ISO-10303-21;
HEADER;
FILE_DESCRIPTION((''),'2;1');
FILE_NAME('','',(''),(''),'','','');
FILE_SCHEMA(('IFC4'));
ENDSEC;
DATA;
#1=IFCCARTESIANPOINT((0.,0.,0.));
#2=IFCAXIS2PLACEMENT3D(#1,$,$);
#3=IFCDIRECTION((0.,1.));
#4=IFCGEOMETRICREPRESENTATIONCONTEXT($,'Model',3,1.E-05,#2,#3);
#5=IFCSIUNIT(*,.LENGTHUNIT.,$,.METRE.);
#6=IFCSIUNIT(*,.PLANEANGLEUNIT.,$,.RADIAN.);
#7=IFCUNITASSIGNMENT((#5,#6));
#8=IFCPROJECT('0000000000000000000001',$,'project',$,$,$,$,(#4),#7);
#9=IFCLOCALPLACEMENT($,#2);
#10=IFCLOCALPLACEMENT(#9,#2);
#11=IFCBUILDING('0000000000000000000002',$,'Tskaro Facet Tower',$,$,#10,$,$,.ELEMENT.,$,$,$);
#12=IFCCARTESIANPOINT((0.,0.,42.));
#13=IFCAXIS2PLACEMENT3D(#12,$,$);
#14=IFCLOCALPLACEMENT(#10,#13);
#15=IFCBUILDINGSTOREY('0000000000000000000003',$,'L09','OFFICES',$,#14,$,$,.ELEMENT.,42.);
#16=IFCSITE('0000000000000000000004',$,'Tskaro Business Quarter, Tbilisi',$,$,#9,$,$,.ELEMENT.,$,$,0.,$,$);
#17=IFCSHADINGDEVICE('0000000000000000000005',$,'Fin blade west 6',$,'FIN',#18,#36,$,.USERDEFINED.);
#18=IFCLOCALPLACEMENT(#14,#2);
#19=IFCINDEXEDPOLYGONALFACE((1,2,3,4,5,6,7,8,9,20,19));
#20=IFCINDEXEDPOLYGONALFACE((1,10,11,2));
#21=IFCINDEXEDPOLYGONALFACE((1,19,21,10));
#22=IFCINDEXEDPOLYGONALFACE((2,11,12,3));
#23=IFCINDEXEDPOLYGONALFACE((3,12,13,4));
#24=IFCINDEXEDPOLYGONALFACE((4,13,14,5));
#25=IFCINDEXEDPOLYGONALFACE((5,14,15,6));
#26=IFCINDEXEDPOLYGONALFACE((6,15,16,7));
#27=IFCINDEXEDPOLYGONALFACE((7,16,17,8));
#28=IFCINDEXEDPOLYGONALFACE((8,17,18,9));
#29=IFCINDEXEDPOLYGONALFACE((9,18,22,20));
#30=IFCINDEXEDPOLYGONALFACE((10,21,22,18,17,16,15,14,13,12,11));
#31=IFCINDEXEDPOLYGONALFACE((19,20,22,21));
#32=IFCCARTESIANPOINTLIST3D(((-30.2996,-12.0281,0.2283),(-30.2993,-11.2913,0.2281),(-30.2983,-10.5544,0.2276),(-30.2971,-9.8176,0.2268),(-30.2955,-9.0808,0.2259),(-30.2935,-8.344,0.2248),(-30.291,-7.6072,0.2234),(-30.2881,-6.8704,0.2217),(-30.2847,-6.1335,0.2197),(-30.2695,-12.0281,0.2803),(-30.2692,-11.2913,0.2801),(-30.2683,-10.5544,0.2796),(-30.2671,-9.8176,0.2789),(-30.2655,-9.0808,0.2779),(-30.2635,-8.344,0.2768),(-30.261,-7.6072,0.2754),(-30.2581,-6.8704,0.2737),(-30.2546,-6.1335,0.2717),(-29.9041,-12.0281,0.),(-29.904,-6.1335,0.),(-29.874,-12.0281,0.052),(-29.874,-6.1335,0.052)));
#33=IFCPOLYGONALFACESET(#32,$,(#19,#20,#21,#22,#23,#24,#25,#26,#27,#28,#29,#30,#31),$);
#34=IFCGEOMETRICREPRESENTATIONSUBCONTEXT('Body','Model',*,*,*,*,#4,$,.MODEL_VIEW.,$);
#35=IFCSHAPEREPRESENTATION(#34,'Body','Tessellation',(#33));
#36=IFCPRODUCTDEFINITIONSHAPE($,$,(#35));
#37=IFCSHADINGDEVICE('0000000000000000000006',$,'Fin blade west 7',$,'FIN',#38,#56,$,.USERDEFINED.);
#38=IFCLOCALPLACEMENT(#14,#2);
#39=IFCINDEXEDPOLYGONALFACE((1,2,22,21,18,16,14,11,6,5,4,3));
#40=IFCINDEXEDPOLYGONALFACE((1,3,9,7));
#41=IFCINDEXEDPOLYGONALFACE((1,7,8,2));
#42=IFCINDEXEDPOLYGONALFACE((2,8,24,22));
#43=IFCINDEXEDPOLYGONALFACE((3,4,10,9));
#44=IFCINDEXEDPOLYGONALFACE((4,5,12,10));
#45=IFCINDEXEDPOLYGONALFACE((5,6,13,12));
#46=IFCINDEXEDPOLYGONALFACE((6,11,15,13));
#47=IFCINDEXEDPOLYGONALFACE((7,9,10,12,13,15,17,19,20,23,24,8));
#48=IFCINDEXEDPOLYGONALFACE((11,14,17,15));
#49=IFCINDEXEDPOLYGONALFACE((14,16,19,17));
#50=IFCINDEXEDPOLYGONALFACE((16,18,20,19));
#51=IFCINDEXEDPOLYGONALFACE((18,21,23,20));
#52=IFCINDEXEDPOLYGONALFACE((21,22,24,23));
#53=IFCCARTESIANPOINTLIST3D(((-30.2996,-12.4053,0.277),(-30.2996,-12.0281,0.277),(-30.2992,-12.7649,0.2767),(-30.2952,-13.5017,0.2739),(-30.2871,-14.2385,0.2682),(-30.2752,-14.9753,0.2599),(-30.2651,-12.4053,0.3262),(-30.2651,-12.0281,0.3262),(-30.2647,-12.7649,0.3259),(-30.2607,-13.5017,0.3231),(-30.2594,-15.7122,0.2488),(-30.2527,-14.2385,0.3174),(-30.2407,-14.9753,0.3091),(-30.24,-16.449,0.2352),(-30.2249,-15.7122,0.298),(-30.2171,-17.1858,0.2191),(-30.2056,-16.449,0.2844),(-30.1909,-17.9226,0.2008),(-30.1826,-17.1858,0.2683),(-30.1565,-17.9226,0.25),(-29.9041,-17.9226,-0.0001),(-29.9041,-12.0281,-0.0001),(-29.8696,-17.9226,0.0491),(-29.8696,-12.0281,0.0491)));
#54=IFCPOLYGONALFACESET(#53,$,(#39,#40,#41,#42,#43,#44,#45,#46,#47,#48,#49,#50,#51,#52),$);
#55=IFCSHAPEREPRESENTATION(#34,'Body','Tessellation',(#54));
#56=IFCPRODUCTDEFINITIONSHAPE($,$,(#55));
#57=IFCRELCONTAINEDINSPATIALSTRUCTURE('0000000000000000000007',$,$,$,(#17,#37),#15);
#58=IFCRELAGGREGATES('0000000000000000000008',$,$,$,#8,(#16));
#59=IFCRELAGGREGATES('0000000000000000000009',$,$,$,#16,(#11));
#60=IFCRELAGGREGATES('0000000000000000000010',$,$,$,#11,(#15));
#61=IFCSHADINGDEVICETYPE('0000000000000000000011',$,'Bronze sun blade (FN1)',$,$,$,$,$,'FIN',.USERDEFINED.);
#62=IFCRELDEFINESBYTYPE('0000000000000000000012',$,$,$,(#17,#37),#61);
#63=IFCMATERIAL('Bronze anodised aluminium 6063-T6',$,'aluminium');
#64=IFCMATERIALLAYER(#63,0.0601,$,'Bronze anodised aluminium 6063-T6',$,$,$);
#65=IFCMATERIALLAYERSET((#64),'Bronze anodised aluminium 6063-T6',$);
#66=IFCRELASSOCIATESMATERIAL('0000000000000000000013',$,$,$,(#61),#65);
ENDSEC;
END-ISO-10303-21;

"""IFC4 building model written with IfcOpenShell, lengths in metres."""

from ifc_helpers import new_model, si_unit, direction, frame, origin, place, context, subcontext, project, spatial, polyline, outline, extrude, material, layer, layer_set, type_object, element, save


model = new_model("IFC4")

# Units and contexts
model_context = context("Model", 3, precision=1e-05, world=origin(), true_north=direction((0.0, 1.0)))
body_context = subcontext(model_context, "Body", "Model", "MODEL_VIEW")
ifc_project = project(units=[si_unit("LENGTHUNIT", "METRE"), si_unit("PLANEANGLEUNIT", "RADIAN")], contexts=[model_context])

# Site, building, storey
site_placement = place(None, origin())
site = spatial("IfcSite", under=ifc_project, at=site_placement, Name="Tskaro Business Quarter, Tbilisi", CompositionType="ELEMENT", RefElevation=0.0)
building_placement = place(site_placement, origin())
building = spatial("IfcBuilding", under=site, at=building_placement, Name="Tskaro Facet Tower", CompositionType="ELEMENT")
storey_placement = place(building_placement, frame((0.0, 0.0, 42.0)))
storey = spatial("IfcBuildingStorey", under=building, at=storey_placement, Name="L09", Description="OFFICES", CompositionType="ELEMENT", Elevation=42.0)

# Shared definitions
ifc_material_1 = material(Name="Bronze anodised aluminium 6063-T6", Category="aluminium")

# Shading devices
ifc_layer_1 = layer(ifc_material_1, 0.0601, Name="Bronze anodised aluminium 6063-T6")
ifc_layer_set_1 = layer_set([ifc_layer_1], Name="Bronze anodised aluminium 6063-T6")
shading_device_type = type_object("IfcShadingDeviceType", Name="Bronze sun blade (FN1)", ElementType="FIN", PredefinedType="USERDEFINED", material=ifc_layer_set_1)
shading_device_1_placement = place(storey_placement, frame((-29.874, -6.1335, 0.052), z_axis=(0.499923, -0.000004, 0.86607), x_axis=(-0.000002, -1.0, -0.000003)))
element("IfcShadingDevice", 1, at=shading_device_1_placement, inside=storey, type_object=shading_device_type, Name="Fin blade west 6", ObjectType="FIN", PredefinedType="USERDEFINED", context=body_context, shape_type="SweptSolid", body=[
    extrude(outline(polyline([(0.0, 0.0), (5.8945, 0.0), (5.8945, -0.4567), (5.1577, -0.4563), (4.4209, -0.4552), (3.6841, -0.4538), (2.9473, -0.452), (2.2104, -0.4497), (1.4736, -0.4468), (0.7368, -0.4434), (0.0, -0.4395), (0.0, 0.0)])), origin(), (0.0, 0.0, -1.0), 0.0601),
])
shading_device_2_placement = place(storey_placement, frame((-29.8696, -12.0281, 0.0491), z_axis=(0.573799, -0.000003, 0.818996), x_axis=(-0.000002, -1.0, -0.000003)))
element("IfcShadingDevice", 2, at=shading_device_2_placement, inside=storey, type_object=shading_device_type, Name="Fin blade west 7", ObjectType="FIN", PredefinedType="USERDEFINED", context=body_context, shape_type="SweptSolid", body=[
    extrude(outline(polyline([(0.0, 0.0), (5.8945, 0.0), (5.8945, -0.3502), (5.1577, -0.3821), (4.4209, -0.4102), (3.6841, -0.4338), (2.9473, -0.4531), (2.2104, -0.4677), (1.4736, -0.4775), (0.7368, -0.4824), (0.3772, -0.4829), (0.0, -0.4829), (0.0, 0.0)])), origin(), (0.0, 0.0, -1.0), 0.0601),
])

save(model, "model.ifc")
